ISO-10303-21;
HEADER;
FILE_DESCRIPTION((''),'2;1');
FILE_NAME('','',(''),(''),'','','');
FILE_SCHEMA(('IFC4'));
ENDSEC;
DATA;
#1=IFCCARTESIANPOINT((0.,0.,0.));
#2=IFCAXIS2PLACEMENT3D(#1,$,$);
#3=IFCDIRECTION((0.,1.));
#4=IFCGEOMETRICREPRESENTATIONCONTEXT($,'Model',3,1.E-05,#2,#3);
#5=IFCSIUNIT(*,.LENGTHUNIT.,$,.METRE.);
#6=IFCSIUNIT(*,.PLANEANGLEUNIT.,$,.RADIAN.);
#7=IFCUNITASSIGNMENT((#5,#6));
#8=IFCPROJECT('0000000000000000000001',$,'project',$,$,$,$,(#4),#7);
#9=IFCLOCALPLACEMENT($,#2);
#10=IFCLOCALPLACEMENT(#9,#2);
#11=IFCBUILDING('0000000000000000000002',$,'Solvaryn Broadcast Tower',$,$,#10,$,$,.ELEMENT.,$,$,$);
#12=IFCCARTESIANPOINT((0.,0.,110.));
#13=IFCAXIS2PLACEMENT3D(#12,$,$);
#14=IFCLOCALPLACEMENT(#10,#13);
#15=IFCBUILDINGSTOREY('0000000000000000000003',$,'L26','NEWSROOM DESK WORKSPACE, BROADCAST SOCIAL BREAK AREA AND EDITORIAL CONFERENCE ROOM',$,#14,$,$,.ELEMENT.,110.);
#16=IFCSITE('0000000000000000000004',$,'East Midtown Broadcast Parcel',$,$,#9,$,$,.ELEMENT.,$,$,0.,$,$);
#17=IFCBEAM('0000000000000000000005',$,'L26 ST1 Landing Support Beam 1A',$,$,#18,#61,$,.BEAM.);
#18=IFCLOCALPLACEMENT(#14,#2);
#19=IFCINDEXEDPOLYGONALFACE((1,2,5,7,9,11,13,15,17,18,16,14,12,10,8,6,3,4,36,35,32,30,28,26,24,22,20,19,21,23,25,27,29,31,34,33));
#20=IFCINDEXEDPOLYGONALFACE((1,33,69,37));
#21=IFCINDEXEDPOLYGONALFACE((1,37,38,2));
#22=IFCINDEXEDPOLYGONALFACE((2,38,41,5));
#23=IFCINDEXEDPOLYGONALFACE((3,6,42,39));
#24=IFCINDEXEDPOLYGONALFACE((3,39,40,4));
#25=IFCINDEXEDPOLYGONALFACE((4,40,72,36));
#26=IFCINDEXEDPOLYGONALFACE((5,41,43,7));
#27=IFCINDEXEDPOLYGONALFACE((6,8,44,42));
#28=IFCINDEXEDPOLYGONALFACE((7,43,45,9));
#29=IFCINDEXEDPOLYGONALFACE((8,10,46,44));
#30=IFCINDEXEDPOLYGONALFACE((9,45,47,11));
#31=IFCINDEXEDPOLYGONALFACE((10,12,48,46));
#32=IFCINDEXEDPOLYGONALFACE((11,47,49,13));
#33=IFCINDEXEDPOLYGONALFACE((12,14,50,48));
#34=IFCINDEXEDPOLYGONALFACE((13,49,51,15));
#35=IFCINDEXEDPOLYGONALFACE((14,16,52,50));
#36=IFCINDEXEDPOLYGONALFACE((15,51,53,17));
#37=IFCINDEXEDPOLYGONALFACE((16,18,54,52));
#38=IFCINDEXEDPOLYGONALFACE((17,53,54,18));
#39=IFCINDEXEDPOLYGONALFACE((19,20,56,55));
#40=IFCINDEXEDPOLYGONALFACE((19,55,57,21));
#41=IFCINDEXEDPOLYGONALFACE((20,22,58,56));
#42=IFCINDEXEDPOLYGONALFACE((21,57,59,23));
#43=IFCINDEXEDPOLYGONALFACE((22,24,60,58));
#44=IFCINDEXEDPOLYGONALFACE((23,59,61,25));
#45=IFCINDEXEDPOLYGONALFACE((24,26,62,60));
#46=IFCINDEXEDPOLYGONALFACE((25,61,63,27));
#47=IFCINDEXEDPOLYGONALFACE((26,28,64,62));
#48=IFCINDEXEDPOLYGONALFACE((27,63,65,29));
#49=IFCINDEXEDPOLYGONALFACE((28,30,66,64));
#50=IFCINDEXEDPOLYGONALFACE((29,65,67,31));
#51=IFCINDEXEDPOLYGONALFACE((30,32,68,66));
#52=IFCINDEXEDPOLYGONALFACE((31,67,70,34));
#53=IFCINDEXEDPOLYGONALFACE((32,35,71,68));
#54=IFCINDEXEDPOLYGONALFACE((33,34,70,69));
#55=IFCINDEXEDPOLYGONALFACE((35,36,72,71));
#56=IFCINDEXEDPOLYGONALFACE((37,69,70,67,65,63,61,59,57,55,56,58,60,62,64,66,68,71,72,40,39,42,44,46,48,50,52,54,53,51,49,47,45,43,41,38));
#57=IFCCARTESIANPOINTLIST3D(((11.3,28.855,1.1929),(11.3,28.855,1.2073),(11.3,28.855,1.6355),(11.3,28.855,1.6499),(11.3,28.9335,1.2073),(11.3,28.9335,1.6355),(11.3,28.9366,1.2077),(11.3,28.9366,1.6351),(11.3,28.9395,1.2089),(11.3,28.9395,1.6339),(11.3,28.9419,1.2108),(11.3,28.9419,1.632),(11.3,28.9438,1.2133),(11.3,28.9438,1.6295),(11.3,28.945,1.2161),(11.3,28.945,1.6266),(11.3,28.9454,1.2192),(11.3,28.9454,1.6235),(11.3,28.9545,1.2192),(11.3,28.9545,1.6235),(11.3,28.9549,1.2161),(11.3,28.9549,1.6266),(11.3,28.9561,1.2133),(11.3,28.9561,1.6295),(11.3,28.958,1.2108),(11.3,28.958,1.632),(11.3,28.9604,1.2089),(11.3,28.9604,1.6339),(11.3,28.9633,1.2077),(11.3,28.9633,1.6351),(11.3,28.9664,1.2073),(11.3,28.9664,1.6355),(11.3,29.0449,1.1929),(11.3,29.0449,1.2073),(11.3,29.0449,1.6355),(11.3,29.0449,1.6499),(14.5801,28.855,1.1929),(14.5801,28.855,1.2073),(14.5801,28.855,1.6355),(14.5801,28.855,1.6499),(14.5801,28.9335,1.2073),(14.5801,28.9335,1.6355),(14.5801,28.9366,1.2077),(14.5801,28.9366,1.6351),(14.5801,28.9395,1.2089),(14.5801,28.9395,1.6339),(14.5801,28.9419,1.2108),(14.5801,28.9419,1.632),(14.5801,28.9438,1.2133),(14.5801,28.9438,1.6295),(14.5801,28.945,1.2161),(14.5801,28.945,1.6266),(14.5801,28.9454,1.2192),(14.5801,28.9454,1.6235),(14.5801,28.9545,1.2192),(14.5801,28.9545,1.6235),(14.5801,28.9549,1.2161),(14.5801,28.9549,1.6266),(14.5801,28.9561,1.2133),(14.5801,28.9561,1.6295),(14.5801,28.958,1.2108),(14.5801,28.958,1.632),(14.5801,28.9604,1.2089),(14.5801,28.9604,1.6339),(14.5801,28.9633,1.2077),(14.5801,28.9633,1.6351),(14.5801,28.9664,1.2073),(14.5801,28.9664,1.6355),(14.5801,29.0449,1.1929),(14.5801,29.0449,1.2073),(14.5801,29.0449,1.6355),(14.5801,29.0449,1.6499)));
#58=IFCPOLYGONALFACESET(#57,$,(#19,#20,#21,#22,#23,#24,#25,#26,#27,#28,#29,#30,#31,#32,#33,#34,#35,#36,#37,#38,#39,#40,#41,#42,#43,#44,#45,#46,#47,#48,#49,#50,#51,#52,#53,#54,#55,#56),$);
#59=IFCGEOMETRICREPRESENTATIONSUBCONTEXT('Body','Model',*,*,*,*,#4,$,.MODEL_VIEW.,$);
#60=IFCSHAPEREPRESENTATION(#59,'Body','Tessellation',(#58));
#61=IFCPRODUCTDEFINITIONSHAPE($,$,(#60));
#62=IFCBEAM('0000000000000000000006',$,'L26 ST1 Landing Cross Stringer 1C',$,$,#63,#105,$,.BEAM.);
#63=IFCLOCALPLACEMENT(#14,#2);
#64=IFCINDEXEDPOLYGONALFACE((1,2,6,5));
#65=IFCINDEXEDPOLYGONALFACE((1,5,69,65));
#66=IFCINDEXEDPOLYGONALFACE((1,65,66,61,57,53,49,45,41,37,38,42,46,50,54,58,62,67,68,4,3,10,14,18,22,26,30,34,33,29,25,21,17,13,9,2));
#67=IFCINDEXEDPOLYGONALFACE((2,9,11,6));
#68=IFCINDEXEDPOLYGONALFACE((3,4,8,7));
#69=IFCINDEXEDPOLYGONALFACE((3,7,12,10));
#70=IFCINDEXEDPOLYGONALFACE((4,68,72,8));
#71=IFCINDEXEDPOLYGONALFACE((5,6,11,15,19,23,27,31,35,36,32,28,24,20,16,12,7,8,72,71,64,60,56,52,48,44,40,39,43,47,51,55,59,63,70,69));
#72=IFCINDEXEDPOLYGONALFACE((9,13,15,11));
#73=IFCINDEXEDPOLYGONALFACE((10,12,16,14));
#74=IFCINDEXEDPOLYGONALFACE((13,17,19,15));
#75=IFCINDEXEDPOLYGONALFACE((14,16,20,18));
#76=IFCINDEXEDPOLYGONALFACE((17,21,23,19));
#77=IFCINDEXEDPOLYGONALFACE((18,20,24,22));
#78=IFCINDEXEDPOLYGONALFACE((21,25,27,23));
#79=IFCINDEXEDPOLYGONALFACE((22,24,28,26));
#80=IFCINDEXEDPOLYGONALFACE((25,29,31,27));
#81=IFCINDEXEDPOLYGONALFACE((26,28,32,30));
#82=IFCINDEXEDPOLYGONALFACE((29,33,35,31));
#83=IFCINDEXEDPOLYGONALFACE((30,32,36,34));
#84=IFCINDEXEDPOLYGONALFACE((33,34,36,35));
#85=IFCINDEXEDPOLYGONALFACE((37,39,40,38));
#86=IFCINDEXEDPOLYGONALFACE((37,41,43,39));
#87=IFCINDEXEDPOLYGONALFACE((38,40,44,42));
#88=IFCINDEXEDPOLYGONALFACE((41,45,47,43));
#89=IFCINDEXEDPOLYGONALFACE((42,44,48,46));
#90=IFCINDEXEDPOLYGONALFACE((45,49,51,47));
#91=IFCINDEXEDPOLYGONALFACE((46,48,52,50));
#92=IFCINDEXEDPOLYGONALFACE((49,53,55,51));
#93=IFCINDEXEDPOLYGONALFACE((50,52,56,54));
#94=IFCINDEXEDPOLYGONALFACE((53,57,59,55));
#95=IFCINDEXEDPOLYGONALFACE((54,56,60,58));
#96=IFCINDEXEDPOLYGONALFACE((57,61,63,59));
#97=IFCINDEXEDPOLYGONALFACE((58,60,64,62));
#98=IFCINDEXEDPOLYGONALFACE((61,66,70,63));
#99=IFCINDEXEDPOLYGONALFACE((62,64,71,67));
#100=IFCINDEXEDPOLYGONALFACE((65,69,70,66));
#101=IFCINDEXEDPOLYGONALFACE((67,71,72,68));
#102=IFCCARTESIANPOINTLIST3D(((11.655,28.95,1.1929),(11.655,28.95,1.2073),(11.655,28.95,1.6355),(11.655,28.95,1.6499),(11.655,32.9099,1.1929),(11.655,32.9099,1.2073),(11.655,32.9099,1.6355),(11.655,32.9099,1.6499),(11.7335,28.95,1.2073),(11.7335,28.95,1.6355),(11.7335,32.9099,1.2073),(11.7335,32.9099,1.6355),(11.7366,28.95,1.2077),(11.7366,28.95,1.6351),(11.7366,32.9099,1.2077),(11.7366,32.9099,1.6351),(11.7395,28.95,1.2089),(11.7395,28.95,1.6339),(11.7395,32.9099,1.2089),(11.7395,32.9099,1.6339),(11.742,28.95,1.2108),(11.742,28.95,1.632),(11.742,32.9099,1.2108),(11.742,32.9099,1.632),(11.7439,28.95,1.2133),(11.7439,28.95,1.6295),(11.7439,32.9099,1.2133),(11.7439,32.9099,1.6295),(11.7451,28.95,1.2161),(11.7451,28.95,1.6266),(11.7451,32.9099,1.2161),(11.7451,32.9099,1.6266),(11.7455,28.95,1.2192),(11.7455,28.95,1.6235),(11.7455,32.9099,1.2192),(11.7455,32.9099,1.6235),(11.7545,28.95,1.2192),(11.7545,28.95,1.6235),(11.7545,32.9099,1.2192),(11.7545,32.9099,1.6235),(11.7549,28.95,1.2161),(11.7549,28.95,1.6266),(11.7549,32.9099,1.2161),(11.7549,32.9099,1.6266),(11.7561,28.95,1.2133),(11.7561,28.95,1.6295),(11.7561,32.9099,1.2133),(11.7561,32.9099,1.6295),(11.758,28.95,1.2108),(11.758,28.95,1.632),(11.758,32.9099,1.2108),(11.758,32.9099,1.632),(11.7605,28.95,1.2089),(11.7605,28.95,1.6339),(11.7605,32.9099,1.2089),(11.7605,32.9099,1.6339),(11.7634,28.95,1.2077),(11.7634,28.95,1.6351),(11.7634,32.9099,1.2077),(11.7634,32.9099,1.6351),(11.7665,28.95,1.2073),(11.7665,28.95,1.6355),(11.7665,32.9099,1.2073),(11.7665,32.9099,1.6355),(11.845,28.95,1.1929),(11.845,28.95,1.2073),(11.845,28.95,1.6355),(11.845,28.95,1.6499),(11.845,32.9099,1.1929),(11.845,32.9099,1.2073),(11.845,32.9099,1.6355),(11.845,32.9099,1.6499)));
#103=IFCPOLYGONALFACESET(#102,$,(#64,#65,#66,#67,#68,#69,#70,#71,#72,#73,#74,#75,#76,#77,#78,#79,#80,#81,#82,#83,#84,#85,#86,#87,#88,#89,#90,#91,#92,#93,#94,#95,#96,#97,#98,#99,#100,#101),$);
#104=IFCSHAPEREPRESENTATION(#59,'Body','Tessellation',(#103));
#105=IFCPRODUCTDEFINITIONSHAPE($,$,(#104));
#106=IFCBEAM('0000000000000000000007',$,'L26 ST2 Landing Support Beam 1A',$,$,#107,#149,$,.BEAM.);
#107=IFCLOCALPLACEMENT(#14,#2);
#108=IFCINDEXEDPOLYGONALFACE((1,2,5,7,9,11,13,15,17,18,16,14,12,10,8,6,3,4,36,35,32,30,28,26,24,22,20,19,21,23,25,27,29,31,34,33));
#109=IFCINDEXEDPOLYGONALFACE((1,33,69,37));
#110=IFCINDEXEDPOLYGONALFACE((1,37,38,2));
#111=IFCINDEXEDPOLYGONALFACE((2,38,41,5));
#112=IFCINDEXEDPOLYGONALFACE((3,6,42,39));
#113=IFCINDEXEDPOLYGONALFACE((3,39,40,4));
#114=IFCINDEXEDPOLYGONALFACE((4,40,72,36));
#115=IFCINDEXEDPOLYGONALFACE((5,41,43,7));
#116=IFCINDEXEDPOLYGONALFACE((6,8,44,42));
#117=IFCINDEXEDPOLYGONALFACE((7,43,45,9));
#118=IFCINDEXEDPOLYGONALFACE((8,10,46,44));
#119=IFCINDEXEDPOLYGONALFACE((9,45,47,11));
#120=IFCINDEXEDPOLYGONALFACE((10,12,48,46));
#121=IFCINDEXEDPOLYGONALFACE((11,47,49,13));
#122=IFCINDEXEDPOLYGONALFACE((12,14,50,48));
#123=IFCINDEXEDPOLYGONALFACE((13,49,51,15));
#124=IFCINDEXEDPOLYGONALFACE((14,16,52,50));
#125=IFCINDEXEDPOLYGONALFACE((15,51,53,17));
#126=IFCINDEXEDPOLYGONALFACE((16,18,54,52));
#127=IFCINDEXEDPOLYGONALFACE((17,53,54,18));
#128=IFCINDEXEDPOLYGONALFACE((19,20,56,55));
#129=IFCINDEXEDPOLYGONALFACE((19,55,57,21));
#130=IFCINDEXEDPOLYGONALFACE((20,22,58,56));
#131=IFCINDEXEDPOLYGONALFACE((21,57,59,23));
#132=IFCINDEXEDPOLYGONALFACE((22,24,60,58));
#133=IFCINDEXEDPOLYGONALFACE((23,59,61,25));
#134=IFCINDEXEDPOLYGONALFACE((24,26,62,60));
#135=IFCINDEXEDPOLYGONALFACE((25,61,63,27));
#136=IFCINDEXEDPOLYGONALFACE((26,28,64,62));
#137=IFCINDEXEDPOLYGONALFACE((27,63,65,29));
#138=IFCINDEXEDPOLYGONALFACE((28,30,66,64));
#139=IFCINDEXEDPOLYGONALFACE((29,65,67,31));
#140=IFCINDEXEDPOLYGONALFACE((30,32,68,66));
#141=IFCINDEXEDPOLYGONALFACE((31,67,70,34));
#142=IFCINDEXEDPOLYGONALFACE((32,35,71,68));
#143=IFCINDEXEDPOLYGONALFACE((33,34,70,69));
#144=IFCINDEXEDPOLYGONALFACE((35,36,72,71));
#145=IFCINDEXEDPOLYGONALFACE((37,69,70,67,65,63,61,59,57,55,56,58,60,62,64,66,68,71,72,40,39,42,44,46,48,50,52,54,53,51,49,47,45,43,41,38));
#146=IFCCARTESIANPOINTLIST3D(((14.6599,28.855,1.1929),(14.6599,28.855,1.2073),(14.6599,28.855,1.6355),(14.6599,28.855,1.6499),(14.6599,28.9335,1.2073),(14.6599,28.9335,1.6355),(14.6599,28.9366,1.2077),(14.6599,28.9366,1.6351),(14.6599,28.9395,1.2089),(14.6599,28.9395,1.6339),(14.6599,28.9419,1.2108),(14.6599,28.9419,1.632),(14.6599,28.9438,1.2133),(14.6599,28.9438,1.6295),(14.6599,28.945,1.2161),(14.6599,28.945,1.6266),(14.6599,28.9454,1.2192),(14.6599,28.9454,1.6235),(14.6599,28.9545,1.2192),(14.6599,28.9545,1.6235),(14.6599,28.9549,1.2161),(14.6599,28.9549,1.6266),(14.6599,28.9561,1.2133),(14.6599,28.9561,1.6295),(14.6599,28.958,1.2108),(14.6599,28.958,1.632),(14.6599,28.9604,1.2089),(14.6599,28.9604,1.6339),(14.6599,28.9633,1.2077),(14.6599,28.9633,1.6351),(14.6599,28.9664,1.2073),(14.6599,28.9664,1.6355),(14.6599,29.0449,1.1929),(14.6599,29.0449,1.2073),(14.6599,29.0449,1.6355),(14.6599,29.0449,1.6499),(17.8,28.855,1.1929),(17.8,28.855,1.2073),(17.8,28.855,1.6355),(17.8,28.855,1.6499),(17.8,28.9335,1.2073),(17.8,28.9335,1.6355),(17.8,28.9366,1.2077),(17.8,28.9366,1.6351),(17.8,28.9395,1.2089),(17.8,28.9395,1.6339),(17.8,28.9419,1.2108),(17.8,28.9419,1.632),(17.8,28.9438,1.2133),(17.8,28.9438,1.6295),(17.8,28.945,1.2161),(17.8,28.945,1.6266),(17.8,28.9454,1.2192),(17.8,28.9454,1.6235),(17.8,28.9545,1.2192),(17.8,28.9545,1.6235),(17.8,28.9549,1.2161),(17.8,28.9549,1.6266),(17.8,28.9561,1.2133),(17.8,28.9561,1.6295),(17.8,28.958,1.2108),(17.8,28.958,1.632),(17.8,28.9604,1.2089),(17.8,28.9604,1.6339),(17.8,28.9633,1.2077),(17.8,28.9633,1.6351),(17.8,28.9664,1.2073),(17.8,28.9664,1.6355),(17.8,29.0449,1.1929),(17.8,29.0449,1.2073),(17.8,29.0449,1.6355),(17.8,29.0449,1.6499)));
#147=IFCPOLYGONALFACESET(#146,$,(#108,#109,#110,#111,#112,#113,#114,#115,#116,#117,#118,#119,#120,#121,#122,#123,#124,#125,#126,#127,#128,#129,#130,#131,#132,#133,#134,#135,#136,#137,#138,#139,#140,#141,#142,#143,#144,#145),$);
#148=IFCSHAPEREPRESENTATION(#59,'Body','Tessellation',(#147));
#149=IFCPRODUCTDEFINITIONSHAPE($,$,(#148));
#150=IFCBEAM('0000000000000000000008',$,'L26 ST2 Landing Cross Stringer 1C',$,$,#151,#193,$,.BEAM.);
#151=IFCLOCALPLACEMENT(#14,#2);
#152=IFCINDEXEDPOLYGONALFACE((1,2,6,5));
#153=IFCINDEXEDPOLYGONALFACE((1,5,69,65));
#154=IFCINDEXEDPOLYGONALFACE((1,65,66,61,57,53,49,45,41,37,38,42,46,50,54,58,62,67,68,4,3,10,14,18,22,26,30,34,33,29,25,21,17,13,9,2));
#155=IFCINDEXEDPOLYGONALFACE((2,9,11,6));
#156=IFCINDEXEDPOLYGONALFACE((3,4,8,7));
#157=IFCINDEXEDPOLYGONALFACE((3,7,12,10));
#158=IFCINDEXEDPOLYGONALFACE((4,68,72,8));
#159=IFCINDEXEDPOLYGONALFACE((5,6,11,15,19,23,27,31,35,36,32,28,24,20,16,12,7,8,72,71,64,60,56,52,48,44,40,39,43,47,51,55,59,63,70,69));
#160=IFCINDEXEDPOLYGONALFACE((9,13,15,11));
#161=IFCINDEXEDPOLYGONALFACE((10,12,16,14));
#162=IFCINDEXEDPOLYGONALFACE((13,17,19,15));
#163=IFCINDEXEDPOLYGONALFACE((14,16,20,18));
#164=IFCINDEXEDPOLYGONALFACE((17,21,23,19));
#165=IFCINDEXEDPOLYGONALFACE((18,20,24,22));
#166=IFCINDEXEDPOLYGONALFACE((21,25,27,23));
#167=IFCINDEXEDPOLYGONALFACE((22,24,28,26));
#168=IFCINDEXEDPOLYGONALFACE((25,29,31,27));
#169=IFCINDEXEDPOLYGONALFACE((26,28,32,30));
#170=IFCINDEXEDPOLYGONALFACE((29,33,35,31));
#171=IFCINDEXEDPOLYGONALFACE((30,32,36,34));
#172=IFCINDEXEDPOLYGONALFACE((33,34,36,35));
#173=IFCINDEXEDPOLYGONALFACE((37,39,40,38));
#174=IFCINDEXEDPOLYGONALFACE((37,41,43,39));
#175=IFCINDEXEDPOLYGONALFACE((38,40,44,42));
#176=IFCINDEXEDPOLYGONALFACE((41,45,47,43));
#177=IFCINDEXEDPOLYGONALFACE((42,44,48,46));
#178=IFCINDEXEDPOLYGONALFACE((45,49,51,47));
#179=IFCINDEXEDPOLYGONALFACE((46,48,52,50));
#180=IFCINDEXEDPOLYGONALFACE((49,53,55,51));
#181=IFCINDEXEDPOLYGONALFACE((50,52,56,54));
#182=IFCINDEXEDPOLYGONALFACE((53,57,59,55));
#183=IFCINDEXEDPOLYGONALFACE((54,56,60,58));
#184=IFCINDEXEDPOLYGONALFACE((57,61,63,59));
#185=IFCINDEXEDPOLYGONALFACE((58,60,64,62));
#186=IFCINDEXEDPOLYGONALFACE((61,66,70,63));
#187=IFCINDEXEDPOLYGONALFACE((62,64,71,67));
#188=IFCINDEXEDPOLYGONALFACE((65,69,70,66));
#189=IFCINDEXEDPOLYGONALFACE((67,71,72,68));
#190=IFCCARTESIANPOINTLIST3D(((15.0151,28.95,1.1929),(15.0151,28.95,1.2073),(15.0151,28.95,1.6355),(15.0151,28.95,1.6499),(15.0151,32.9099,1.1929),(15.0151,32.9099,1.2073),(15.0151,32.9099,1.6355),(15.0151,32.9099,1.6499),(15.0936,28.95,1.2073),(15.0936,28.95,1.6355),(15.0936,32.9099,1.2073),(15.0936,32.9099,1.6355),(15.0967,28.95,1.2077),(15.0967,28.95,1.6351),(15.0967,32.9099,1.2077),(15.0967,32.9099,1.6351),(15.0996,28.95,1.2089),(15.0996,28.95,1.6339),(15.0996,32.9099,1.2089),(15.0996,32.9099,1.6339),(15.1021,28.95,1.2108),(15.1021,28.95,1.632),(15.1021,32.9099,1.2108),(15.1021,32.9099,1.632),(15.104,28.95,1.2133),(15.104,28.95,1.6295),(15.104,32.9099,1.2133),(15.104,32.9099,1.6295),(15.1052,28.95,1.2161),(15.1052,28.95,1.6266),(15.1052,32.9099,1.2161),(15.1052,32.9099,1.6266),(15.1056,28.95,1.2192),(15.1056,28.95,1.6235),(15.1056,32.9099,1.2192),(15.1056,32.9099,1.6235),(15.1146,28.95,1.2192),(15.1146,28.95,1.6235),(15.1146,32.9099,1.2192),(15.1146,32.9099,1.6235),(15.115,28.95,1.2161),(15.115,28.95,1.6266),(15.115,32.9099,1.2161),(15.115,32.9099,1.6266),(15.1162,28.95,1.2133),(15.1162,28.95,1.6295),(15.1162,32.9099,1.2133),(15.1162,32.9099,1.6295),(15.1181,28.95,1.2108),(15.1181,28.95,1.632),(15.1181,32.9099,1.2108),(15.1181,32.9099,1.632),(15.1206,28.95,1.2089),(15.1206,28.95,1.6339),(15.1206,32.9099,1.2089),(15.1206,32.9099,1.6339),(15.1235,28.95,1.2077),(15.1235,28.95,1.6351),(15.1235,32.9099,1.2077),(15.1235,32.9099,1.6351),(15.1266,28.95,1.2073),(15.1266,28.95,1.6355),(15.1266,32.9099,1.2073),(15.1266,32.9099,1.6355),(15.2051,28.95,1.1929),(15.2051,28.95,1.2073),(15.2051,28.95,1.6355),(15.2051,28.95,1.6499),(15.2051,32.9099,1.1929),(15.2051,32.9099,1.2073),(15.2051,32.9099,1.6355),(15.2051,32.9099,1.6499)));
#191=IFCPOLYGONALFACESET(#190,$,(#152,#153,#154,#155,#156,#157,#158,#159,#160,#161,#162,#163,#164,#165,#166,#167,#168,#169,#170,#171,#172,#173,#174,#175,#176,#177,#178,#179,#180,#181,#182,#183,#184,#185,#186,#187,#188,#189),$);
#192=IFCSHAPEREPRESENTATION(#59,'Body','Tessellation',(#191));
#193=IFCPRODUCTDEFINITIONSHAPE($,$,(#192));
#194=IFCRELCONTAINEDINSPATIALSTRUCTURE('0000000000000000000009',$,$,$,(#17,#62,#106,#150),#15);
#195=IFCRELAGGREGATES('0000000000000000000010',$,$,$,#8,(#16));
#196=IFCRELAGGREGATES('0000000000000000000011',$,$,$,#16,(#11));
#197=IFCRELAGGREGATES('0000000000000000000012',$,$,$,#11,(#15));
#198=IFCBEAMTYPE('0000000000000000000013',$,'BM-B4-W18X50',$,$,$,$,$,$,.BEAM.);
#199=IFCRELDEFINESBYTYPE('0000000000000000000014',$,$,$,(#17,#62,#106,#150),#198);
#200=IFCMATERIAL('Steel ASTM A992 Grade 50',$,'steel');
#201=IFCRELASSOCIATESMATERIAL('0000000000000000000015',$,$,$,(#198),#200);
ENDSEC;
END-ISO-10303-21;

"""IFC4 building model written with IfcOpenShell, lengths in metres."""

from ifc_helpers import new_model, si_unit, direction, frame, origin, origin_2d, place, context, subcontext, project, spatial, i_section, extrude, material, material_profile, profile_set, type_object, element, save


model = new_model("IFC4")

# Units and contexts
model_context = context("Model", 3, precision=1e-05, world=origin(), true_north=direction((0.0, 1.0)))
body_context = subcontext(model_context, "Body", "Model", "MODEL_VIEW")
ifc_project = project(units=[si_unit("LENGTHUNIT", "METRE"), si_unit("PLANEANGLEUNIT", "RADIAN")], contexts=[model_context])

# Site, building, storey
site_placement = place(None, origin())
site = spatial("IfcSite", under=ifc_project, at=site_placement, Name="East Midtown Broadcast Parcel", CompositionType="ELEMENT", RefElevation=0.0)
building_placement = place(site_placement, origin())
building = spatial("IfcBuilding", under=site, at=building_placement, Name="Solvaryn Broadcast Tower", CompositionType="ELEMENT")
storey_placement = place(building_placement, frame((0.0, 0.0, 110.0)))
storey = spatial("IfcBuildingStorey", under=building, at=storey_placement, Name="L26", Description="NEWSROOM DESK WORKSPACE, BROADCAST SOCIAL BREAK AREA AND EDITORIAL CONFERENCE ROOM", CompositionType="ELEMENT", Elevation=110.0)

# Beams
ifc_material_1 = material(Name="Steel ASTM A992 Grade 50", Category="steel")
ifc_material_profile_1 = material_profile(ifc_material_1, i_section(OverallWidth=0.1899, OverallDepth=0.457, WebThickness=0.009, FlangeThickness=0.0144, FilletRadius=0.012, at=origin_2d()))
ifc_profile_set_1 = profile_set([ifc_material_profile_1], Name="Steel ASTM A992 Grade 50")
beam_type_1 = type_object("IfcBeamType", Name="BM-B4-W18X50", PredefinedType="BEAM", material=ifc_profile_set_1)
beam_1_placement = place(storey_placement, frame((11.3, 28.95, 1.4214), z_axis=(1.0, 0.0, 0.0), x_axis=(0.0, 1.0, 0.0)))
element("IfcBeam", 1, at=beam_1_placement, inside=storey, type_object=beam_type_1, Name="L26 ST1 Landing Support Beam 1A", PredefinedType="BEAM", context=body_context, shape_type="SweptSolid", body=[
    extrude(i_section(OverallWidth=0.1899, OverallDepth=0.457, WebThickness=0.009, FlangeThickness=0.0144, FilletRadius=0.012, at=origin_2d()), origin(), (0.0, 0.0, 1.0), 3.28),
])
beam_2_placement = place(storey_placement, frame((11.75, 28.95, 1.4214), z_axis=(0.0, 1.0, 0.0), x_axis=(-1.0, 0.0, 0.0)))
element("IfcBeam", 2, at=beam_2_placement, inside=storey, type_object=beam_type_1, Name="L26 ST1 Landing Cross Stringer 1C", PredefinedType="BEAM", context=body_context, shape_type="SweptSolid", body=[
    extrude(i_section(OverallWidth=0.1899, OverallDepth=0.457, WebThickness=0.009, FlangeThickness=0.0144, FilletRadius=0.012, at=origin_2d()), origin(), (0.0, 0.0, 1.0), 3.96),
])
beam_3_placement = place(storey_placement, frame((14.6599, 28.95, 1.4214), z_axis=(1.0, 0.0, 0.0), x_axis=(0.0, 1.0, 0.0)))
element("IfcBeam", 3, at=beam_3_placement, inside=storey, type_object=beam_type_1, Name="L26 ST2 Landing Support Beam 1A", PredefinedType="BEAM", context=body_context, shape_type="SweptSolid", body=[
    extrude(i_section(OverallWidth=0.1899, OverallDepth=0.457, WebThickness=0.009, FlangeThickness=0.0144, FilletRadius=0.012, at=origin_2d()), origin(), (0.0, 0.0, 1.0), 3.1401),
])
beam_4_placement = place(storey_placement, frame((15.1101, 28.95, 1.4214), z_axis=(0.0, 1.0, 0.0), x_axis=(-1.0, 0.0, 0.0)))
element("IfcBeam", 4, at=beam_4_placement, inside=storey, type_object=beam_type_1, Name="L26 ST2 Landing Cross Stringer 1C", PredefinedType="BEAM", context=body_context, shape_type="SweptSolid", body=[
    extrude(i_section(OverallWidth=0.1899, OverallDepth=0.457, WebThickness=0.009, FlangeThickness=0.0144, FilletRadius=0.012, at=origin_2d()), origin(), (0.0, 0.0, 1.0), 3.96),
])

save(model, "model.ifc")
